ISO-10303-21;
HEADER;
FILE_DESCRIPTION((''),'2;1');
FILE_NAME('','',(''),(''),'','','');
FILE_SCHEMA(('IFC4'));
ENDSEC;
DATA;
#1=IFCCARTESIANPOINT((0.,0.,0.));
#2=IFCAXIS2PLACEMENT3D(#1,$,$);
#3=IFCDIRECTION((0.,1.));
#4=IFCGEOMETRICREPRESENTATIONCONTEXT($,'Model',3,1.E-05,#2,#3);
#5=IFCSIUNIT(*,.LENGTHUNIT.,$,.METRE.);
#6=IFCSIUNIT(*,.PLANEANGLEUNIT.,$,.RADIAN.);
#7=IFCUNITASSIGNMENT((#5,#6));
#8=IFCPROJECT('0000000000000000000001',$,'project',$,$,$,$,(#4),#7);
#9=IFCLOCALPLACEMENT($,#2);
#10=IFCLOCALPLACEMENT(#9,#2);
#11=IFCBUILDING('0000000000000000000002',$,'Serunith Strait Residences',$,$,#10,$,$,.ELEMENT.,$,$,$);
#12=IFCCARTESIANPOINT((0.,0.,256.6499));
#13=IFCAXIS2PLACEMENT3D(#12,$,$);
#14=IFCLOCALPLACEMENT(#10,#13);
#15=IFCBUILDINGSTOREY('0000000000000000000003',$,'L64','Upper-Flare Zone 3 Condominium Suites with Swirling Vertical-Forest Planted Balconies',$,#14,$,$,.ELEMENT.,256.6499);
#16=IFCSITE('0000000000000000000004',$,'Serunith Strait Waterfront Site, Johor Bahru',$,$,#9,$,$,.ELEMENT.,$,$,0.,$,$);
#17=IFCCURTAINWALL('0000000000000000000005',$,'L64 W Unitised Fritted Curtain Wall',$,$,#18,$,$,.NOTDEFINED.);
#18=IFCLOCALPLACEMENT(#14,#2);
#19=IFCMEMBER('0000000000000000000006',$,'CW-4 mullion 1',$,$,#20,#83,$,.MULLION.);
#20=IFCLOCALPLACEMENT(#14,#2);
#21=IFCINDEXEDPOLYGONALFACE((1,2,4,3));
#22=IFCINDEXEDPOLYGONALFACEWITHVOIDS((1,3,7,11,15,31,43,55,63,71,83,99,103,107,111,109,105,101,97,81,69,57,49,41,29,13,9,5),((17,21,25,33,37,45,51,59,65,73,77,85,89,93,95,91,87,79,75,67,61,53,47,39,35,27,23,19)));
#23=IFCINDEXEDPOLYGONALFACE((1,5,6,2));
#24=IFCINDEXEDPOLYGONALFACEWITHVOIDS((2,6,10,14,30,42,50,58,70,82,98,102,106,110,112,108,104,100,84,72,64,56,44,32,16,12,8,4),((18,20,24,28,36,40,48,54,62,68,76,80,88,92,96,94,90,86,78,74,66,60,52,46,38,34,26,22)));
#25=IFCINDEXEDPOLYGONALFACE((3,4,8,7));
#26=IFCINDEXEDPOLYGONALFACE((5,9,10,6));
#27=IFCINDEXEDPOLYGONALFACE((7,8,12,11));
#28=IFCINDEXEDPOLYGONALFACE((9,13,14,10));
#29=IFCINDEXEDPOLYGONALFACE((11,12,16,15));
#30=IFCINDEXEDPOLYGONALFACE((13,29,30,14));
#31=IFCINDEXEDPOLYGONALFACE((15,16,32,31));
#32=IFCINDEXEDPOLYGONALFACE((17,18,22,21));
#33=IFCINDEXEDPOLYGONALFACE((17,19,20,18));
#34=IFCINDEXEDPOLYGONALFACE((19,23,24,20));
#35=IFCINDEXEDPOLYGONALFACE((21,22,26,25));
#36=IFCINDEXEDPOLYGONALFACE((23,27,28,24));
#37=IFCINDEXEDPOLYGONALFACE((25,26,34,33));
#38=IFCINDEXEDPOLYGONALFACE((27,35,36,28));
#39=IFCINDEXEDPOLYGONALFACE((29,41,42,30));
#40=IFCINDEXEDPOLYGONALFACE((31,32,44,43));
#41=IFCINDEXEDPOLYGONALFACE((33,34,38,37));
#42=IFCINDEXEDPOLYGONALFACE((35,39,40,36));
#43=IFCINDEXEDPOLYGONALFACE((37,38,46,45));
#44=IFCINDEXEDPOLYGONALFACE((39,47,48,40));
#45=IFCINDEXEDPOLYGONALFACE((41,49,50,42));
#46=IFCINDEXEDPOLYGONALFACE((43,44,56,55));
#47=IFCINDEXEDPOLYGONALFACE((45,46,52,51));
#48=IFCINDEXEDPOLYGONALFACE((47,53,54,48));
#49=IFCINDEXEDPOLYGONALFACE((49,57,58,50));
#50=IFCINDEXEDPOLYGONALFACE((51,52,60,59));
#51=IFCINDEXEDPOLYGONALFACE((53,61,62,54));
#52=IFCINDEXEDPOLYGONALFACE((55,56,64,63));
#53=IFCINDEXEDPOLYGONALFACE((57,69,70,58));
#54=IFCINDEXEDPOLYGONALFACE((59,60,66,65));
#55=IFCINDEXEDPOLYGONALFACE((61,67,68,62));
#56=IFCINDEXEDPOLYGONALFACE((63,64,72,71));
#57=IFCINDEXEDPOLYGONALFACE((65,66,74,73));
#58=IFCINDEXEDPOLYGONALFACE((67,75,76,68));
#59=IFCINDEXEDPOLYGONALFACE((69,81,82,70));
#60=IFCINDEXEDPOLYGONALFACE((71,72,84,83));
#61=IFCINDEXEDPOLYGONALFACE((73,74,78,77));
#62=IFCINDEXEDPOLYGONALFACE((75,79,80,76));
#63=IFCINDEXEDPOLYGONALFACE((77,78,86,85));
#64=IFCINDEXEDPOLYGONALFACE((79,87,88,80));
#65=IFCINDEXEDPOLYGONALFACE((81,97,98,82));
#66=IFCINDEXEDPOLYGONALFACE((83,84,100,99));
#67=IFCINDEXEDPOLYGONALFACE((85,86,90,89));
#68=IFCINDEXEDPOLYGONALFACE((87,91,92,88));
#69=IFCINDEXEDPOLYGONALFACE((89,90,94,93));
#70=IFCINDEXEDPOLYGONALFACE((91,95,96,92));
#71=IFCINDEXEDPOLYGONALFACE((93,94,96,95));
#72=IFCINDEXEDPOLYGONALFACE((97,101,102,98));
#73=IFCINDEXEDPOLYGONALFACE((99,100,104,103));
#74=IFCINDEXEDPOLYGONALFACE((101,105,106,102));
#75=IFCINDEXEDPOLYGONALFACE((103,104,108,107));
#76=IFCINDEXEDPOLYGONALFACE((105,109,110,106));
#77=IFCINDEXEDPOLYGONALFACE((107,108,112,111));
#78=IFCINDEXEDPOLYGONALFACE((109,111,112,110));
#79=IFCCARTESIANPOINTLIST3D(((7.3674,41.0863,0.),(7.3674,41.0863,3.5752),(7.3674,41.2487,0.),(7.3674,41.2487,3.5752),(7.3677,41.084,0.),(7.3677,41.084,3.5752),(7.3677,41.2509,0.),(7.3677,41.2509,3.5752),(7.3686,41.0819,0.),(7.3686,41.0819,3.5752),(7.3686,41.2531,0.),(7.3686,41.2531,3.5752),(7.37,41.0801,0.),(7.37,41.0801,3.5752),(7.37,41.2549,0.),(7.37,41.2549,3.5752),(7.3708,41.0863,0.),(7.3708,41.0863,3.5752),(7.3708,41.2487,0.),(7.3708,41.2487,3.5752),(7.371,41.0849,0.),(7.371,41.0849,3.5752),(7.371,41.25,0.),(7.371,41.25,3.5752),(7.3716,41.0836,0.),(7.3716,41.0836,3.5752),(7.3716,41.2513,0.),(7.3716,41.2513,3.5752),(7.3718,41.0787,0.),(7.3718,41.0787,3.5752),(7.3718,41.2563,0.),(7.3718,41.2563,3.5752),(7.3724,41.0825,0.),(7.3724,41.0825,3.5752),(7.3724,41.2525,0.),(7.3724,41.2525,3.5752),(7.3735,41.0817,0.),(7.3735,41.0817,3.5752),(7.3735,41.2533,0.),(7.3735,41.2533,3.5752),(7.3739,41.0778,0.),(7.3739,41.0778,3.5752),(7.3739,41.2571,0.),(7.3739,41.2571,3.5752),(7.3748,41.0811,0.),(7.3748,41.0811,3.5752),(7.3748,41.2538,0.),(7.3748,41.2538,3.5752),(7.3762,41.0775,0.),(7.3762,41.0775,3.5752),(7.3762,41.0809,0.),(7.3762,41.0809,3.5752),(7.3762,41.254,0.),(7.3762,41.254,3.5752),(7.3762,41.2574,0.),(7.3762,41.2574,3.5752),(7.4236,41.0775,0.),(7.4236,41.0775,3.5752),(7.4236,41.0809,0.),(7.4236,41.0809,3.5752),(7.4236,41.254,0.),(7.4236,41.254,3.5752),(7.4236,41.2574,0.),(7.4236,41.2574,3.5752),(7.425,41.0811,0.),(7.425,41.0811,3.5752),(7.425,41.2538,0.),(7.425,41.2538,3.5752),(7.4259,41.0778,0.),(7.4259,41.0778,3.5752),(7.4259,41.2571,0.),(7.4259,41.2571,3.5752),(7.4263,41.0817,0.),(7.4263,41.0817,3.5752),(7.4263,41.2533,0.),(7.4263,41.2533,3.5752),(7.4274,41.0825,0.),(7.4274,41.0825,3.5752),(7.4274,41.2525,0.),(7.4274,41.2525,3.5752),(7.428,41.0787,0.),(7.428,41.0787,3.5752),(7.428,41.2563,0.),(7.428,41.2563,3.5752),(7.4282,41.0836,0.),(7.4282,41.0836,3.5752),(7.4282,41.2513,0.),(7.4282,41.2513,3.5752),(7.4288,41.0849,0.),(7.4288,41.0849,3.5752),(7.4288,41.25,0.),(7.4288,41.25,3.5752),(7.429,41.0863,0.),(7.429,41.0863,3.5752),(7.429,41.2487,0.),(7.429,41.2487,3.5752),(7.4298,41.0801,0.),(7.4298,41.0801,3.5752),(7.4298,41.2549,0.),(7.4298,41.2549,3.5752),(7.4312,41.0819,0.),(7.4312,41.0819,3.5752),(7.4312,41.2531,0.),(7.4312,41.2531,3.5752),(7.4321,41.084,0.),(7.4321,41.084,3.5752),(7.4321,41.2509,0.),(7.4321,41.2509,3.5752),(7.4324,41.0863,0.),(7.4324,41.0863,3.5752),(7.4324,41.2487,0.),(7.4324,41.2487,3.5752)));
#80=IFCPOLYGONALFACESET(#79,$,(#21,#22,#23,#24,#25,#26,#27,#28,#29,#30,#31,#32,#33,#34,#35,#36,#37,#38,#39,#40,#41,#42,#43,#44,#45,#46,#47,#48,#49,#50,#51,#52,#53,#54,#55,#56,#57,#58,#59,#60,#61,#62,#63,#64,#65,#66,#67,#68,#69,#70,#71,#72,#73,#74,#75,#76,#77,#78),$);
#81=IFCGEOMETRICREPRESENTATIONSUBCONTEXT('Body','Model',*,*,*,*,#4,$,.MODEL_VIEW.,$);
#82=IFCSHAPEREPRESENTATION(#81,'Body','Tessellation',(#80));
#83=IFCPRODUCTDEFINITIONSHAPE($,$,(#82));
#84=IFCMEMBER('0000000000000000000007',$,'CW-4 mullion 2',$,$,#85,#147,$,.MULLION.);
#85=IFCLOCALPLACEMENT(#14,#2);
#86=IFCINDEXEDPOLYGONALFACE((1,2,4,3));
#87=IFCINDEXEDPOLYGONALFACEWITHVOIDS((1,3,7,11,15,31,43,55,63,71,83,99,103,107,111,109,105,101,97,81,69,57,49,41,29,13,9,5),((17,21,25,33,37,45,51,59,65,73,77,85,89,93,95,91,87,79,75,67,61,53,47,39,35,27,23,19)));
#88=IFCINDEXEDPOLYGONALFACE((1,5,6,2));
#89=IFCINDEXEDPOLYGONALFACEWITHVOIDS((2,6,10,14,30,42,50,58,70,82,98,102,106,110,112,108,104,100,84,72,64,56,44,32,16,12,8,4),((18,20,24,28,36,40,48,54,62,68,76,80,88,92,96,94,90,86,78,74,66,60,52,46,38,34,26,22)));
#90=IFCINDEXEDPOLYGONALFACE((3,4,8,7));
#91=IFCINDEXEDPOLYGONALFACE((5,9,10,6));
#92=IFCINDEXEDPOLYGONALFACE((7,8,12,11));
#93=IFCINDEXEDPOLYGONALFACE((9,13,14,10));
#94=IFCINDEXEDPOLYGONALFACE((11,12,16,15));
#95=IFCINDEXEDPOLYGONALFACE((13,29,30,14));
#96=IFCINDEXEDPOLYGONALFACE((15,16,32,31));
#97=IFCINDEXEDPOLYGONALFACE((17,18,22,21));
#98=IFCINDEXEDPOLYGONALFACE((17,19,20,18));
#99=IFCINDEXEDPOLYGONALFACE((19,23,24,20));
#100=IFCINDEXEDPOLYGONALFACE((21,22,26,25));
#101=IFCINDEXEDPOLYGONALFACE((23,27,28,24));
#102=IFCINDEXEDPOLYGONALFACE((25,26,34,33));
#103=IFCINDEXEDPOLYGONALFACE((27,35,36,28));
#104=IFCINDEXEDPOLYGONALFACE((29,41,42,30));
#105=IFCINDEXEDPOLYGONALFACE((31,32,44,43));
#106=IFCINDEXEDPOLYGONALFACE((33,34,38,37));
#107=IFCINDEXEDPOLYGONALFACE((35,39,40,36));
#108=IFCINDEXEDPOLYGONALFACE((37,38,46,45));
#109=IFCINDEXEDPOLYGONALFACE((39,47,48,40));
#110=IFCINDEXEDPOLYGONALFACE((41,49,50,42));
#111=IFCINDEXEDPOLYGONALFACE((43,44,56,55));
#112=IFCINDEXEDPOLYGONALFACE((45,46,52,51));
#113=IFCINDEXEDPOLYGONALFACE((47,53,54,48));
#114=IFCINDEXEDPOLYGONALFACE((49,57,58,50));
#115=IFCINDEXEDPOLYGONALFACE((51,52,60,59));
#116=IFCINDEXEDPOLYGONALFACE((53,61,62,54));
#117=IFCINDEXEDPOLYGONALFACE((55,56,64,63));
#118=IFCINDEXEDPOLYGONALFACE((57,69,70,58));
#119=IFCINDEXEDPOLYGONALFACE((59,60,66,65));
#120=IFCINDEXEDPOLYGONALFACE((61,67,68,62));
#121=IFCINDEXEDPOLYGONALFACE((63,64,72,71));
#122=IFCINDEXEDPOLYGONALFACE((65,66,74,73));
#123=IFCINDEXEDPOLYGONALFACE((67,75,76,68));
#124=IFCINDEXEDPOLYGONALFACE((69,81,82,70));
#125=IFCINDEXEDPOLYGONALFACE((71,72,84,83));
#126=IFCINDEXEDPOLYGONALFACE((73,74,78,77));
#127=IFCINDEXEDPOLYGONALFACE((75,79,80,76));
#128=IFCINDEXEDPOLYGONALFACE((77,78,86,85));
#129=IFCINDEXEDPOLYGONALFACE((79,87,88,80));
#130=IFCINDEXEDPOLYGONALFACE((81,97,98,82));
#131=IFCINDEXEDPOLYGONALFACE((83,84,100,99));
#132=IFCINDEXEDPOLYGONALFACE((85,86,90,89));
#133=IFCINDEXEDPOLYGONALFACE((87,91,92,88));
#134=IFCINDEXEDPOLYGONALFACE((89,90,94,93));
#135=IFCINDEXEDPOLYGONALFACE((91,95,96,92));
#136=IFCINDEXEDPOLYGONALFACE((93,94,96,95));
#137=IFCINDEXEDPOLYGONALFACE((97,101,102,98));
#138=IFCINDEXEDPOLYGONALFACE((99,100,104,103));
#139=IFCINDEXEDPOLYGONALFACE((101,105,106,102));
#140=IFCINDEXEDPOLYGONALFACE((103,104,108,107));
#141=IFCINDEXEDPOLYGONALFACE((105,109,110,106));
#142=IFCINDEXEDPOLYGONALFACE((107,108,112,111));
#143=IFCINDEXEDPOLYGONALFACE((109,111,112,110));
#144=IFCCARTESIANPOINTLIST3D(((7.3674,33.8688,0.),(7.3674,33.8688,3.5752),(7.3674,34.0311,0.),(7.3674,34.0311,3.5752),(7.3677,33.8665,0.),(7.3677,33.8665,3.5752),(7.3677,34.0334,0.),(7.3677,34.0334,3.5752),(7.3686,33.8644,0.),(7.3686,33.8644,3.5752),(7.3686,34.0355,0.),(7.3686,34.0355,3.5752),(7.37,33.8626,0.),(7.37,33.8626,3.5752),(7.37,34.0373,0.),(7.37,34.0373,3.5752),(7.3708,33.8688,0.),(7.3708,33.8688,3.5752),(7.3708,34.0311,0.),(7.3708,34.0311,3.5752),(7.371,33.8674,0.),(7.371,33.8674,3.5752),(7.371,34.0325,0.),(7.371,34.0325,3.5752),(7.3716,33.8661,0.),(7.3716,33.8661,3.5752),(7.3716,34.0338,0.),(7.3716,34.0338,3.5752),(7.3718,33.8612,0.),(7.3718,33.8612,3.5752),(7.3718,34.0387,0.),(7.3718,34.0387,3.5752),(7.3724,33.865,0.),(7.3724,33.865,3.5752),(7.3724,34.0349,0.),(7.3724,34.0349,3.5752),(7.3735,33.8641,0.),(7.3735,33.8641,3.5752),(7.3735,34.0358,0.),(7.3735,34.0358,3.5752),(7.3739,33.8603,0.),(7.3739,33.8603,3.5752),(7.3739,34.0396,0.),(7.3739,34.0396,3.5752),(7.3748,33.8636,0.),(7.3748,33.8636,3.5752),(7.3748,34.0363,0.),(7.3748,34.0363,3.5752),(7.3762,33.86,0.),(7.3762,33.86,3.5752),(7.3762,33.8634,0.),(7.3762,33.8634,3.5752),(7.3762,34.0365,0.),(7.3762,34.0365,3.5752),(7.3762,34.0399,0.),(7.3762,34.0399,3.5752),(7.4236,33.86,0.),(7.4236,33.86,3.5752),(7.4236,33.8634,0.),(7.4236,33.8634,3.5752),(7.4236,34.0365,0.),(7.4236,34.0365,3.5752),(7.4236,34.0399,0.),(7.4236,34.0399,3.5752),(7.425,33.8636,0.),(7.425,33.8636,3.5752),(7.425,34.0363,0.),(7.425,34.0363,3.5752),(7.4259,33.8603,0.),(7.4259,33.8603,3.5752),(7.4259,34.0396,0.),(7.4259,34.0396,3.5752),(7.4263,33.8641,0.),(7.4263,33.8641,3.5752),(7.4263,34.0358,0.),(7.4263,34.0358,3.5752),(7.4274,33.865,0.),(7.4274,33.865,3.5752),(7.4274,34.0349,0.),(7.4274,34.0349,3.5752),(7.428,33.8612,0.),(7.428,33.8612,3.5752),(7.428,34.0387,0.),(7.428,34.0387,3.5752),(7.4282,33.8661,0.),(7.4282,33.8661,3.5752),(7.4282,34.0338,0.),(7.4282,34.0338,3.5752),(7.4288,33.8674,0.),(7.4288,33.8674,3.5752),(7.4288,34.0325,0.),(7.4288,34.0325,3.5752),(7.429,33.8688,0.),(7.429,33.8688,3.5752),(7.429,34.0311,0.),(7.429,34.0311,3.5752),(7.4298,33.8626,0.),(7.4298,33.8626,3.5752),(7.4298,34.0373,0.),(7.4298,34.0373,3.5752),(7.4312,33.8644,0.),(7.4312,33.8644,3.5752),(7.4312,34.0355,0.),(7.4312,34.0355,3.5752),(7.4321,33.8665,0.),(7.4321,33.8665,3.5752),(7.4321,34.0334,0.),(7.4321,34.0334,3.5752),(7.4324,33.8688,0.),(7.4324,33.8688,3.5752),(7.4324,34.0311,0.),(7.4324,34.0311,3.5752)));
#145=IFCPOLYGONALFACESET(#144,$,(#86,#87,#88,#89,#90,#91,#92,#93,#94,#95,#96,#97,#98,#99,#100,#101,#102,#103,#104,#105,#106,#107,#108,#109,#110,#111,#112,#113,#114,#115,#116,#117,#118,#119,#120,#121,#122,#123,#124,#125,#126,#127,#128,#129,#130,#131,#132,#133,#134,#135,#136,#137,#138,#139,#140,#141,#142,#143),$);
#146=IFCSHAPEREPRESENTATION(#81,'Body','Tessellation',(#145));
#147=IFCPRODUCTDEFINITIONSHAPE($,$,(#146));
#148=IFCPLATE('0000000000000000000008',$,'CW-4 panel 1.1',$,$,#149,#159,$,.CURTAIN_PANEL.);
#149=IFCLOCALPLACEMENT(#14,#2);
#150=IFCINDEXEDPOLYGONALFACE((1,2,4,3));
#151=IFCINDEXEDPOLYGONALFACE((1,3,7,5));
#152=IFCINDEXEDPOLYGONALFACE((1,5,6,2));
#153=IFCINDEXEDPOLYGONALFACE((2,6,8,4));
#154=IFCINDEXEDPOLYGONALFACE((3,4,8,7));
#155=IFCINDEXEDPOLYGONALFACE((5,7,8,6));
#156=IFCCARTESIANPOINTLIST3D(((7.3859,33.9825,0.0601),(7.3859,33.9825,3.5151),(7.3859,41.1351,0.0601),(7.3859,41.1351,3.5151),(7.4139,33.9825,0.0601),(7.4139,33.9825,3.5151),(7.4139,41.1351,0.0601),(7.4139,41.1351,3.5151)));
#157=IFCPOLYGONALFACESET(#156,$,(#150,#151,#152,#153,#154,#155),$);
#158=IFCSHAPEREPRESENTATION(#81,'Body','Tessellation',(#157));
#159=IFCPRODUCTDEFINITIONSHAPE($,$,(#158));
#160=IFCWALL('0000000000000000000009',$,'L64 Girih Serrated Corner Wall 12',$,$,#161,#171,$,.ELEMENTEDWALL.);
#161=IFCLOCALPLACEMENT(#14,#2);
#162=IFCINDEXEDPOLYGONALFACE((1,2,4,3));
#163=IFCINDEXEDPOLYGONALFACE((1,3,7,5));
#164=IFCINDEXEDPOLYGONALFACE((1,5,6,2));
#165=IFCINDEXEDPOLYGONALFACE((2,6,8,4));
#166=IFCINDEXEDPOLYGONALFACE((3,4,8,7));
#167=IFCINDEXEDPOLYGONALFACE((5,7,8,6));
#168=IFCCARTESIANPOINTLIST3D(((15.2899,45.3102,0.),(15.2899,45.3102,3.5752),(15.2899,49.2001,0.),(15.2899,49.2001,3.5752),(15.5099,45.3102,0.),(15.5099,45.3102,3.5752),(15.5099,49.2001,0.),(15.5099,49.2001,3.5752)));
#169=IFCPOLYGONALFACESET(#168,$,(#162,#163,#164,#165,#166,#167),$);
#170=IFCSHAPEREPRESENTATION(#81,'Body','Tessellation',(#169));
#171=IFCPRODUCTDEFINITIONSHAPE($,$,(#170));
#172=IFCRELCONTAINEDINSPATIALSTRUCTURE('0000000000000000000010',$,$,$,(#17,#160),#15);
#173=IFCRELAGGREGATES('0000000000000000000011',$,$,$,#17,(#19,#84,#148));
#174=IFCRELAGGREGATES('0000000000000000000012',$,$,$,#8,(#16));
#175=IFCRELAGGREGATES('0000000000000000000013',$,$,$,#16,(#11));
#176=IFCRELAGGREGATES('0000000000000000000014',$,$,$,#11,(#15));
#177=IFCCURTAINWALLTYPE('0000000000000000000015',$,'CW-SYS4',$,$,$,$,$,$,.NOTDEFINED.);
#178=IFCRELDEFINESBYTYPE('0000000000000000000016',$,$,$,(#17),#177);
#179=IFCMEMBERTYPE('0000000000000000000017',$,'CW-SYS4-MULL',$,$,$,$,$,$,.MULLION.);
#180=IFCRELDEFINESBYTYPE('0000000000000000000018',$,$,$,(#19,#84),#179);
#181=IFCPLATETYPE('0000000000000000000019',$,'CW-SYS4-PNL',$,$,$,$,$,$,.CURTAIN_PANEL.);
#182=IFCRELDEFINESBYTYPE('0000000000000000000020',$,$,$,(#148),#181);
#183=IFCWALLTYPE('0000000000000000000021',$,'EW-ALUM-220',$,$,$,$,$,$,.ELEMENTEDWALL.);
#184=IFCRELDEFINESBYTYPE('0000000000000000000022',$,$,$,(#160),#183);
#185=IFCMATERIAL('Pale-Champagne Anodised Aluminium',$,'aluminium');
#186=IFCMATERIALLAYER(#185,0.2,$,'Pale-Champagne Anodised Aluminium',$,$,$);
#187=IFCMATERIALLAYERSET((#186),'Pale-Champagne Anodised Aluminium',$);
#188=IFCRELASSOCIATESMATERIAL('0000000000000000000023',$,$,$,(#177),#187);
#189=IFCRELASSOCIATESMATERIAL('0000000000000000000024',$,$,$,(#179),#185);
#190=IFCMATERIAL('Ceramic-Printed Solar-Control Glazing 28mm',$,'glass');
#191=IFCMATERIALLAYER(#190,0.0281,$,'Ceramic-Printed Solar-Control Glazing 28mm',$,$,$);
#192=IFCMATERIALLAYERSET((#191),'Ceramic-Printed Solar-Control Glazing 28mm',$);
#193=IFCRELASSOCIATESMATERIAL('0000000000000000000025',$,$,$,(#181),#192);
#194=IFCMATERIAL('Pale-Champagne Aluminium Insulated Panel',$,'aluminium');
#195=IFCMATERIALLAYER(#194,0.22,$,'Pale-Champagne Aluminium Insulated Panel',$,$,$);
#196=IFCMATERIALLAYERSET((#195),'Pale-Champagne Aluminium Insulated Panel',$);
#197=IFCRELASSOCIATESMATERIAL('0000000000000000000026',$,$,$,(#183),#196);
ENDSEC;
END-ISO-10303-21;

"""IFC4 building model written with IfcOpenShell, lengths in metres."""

from ifc_helpers import new_model, si_unit, direction, frame, frame_2d, origin, origin_2d, place, context, subcontext, project, spatial, rectangle, hollow_rectangle, extrude, source, transform, mapped, material, layer, layer_set, material_profile, profile_set, type_object, element, aggregate, save


model = new_model("IFC4")

# Units and contexts
model_context = context("Model", 3, precision=1e-05, world=origin(), true_north=direction((0.0, 1.0)))
body_context = subcontext(model_context, "Body", "Model", "MODEL_VIEW")
ifc_project = project(units=[si_unit("LENGTHUNIT", "METRE"), si_unit("PLANEANGLEUNIT", "RADIAN")], contexts=[model_context])

# Site, building, storey
site_placement = place(None, origin())
site = spatial("IfcSite", under=ifc_project, at=site_placement, Name="Serunith Strait Waterfront Site, Johor Bahru", CompositionType="ELEMENT", RefElevation=0.0)
building_placement = place(site_placement, origin())
building = spatial("IfcBuilding", under=site, at=building_placement, Name="Serunith Strait Residences", CompositionType="ELEMENT")
storey_placement = place(building_placement, frame((0.0, 0.0, 256.6499)))
storey = spatial("IfcBuildingStorey", under=building, at=storey_placement, Name="L64", Description="Upper-Flare Zone 3 Condominium Suites with Swirling Vertical-Forest Planted Balconies", CompositionType="ELEMENT", Elevation=256.6499)

# Curtain wall, members, plate
ifc_material_1 = material(Name="Pale-Champagne Anodised Aluminium", Category="aluminium")
ifc_layer_1 = layer(ifc_material_1, 0.2, Name="Pale-Champagne Anodised Aluminium")
ifc_layer_set_1 = layer_set([ifc_layer_1], Name="Pale-Champagne Anodised Aluminium")
curtain_wall_type = type_object("IfcCurtainWallType", Name="CW-SYS4", PredefinedType="NOTDEFINED", material=ifc_layer_set_1)
curtain_wall_placement = place(storey_placement, origin())
curtain_wall = element("IfcCurtainWall", 1, at=curtain_wall_placement, inside=storey, type_object=curtain_wall_type, Name="L64 W Unitised Fritted Curtain Wall", PredefinedType="NOTDEFINED")
ifc_material_profile_1 = material_profile(ifc_material_1, hollow_rectangle(XDim=0.0649, YDim=0.1799, WallThickness=0.0034, InnerFilletRadius=0.0054, OuterFilletRadius=0.0088, at=origin_2d()), Name="ALU 180x65x3.5")
ifc_profile_set_1 = profile_set([ifc_material_profile_1], Name="Pale-Champagne Anodised Aluminium")
member_type_1 = type_object("IfcMemberType", Name="CW-SYS4-MULL", PredefinedType="MULLION", material=ifc_profile_set_1)
shared_shape_1 = source(origin(), body_context, "Body", "SweptSolid", [
    extrude(hollow_rectangle(XDim=0.0649, YDim=0.1799, WallThickness=0.0034, InnerFilletRadius=0.0054, OuterFilletRadius=0.0088, at=origin_2d()), origin(), (0.0, 0.0, 1.0), 3.5752),
])
member_1_placement = place(storey_placement, frame((7.3999, 41.1675, 0.0), z_axis=(0.0, 0.0, 1.0), x_axis=(1.0, 0.0, 0.0)))
member_1 = element("IfcMember", 2, at=member_1_placement, type_object=member_type_1, Name="CW-4 mullion 1", PredefinedType="MULLION", context=body_context, shape_type="MappedRepresentation", body=[
    mapped(shared_shape_1, transform((0.0, 0.0, 0.0), scale=1.0)),
])
member_2_placement = place(storey_placement, frame((7.3999, 33.95, 0.0), z_axis=(0.0, 0.0, 1.0), x_axis=(1.0, 0.0, 0.0)))
member_2 = element("IfcMember", 3, at=member_2_placement, type_object=member_type_1, Name="CW-4 mullion 2", PredefinedType="MULLION", context=body_context, shape_type="MappedRepresentation", body=[
    mapped(shared_shape_1, transform((0.0, 0.0, 0.0), scale=1.0)),
])
ifc_material_2 = material(Name="Ceramic-Printed Solar-Control Glazing 28mm", Category="glass")
ifc_layer_2 = layer(ifc_material_2, 0.0281, Name="Ceramic-Printed Solar-Control Glazing 28mm")
ifc_layer_set_2 = layer_set([ifc_layer_2], Name="Ceramic-Printed Solar-Control Glazing 28mm")
plate_type = type_object("IfcPlateType", Name="CW-SYS4-PNL", PredefinedType="CURTAIN_PANEL", material=ifc_layer_set_2)
shared_shape_2 = source(origin(), body_context, "Body", "SweptSolid", [
    extrude(rectangle(XDim=7.1526, YDim=0.0281, at=origin_2d()), origin(), (0.0, 0.0, 1.0), 3.4551),
])
plate_placement = place(storey_placement, frame((7.3999, 37.5588, 0.0601), z_axis=(0.0, 0.0, 1.0), x_axis=(0.0, -1.0, 0.0)))
plate = element("IfcPlate", 4, at=plate_placement, type_object=plate_type, Name="CW-4 panel 1.1", PredefinedType="CURTAIN_PANEL", context=body_context, shape_type="MappedRepresentation", body=[
    mapped(shared_shape_2, transform((0.0, 0.0, 0.0), scale=1.0)),
])
aggregate(curtain_wall, [member_1, member_2, plate])

# Wall
ifc_material_3 = material(Name="Pale-Champagne Aluminium Insulated Panel", Category="aluminium")
ifc_layer_3 = layer(ifc_material_3, 0.22, Name="Pale-Champagne Aluminium Insulated Panel")
ifc_layer_set_3 = layer_set([ifc_layer_3], Name="Pale-Champagne Aluminium Insulated Panel")
wall_type_1 = type_object("IfcWallType", Name="EW-ALUM-220", PredefinedType="ELEMENTEDWALL", material=ifc_layer_set_3)
wall_1_placement = place(storey_placement, frame((15.3999, 49.2, 0.0), z_axis=(0.0, 0.0, 1.0), x_axis=(0.0, -1.0, 0.0)))
element("IfcWall", 5, at=wall_1_placement, inside=storey, type_object=wall_type_1, Name="L64 Girih Serrated Corner Wall 12", PredefinedType="ELEMENTEDWALL", context=body_context, shape_type="SweptSolid", body=[
    extrude(rectangle(XDim=3.8899, YDim=0.22, at=frame_2d((1.9448, 0.0))), origin(), (0.0, 0.0, 1.0), 3.5752),
])

save(model, "model.ifc")
